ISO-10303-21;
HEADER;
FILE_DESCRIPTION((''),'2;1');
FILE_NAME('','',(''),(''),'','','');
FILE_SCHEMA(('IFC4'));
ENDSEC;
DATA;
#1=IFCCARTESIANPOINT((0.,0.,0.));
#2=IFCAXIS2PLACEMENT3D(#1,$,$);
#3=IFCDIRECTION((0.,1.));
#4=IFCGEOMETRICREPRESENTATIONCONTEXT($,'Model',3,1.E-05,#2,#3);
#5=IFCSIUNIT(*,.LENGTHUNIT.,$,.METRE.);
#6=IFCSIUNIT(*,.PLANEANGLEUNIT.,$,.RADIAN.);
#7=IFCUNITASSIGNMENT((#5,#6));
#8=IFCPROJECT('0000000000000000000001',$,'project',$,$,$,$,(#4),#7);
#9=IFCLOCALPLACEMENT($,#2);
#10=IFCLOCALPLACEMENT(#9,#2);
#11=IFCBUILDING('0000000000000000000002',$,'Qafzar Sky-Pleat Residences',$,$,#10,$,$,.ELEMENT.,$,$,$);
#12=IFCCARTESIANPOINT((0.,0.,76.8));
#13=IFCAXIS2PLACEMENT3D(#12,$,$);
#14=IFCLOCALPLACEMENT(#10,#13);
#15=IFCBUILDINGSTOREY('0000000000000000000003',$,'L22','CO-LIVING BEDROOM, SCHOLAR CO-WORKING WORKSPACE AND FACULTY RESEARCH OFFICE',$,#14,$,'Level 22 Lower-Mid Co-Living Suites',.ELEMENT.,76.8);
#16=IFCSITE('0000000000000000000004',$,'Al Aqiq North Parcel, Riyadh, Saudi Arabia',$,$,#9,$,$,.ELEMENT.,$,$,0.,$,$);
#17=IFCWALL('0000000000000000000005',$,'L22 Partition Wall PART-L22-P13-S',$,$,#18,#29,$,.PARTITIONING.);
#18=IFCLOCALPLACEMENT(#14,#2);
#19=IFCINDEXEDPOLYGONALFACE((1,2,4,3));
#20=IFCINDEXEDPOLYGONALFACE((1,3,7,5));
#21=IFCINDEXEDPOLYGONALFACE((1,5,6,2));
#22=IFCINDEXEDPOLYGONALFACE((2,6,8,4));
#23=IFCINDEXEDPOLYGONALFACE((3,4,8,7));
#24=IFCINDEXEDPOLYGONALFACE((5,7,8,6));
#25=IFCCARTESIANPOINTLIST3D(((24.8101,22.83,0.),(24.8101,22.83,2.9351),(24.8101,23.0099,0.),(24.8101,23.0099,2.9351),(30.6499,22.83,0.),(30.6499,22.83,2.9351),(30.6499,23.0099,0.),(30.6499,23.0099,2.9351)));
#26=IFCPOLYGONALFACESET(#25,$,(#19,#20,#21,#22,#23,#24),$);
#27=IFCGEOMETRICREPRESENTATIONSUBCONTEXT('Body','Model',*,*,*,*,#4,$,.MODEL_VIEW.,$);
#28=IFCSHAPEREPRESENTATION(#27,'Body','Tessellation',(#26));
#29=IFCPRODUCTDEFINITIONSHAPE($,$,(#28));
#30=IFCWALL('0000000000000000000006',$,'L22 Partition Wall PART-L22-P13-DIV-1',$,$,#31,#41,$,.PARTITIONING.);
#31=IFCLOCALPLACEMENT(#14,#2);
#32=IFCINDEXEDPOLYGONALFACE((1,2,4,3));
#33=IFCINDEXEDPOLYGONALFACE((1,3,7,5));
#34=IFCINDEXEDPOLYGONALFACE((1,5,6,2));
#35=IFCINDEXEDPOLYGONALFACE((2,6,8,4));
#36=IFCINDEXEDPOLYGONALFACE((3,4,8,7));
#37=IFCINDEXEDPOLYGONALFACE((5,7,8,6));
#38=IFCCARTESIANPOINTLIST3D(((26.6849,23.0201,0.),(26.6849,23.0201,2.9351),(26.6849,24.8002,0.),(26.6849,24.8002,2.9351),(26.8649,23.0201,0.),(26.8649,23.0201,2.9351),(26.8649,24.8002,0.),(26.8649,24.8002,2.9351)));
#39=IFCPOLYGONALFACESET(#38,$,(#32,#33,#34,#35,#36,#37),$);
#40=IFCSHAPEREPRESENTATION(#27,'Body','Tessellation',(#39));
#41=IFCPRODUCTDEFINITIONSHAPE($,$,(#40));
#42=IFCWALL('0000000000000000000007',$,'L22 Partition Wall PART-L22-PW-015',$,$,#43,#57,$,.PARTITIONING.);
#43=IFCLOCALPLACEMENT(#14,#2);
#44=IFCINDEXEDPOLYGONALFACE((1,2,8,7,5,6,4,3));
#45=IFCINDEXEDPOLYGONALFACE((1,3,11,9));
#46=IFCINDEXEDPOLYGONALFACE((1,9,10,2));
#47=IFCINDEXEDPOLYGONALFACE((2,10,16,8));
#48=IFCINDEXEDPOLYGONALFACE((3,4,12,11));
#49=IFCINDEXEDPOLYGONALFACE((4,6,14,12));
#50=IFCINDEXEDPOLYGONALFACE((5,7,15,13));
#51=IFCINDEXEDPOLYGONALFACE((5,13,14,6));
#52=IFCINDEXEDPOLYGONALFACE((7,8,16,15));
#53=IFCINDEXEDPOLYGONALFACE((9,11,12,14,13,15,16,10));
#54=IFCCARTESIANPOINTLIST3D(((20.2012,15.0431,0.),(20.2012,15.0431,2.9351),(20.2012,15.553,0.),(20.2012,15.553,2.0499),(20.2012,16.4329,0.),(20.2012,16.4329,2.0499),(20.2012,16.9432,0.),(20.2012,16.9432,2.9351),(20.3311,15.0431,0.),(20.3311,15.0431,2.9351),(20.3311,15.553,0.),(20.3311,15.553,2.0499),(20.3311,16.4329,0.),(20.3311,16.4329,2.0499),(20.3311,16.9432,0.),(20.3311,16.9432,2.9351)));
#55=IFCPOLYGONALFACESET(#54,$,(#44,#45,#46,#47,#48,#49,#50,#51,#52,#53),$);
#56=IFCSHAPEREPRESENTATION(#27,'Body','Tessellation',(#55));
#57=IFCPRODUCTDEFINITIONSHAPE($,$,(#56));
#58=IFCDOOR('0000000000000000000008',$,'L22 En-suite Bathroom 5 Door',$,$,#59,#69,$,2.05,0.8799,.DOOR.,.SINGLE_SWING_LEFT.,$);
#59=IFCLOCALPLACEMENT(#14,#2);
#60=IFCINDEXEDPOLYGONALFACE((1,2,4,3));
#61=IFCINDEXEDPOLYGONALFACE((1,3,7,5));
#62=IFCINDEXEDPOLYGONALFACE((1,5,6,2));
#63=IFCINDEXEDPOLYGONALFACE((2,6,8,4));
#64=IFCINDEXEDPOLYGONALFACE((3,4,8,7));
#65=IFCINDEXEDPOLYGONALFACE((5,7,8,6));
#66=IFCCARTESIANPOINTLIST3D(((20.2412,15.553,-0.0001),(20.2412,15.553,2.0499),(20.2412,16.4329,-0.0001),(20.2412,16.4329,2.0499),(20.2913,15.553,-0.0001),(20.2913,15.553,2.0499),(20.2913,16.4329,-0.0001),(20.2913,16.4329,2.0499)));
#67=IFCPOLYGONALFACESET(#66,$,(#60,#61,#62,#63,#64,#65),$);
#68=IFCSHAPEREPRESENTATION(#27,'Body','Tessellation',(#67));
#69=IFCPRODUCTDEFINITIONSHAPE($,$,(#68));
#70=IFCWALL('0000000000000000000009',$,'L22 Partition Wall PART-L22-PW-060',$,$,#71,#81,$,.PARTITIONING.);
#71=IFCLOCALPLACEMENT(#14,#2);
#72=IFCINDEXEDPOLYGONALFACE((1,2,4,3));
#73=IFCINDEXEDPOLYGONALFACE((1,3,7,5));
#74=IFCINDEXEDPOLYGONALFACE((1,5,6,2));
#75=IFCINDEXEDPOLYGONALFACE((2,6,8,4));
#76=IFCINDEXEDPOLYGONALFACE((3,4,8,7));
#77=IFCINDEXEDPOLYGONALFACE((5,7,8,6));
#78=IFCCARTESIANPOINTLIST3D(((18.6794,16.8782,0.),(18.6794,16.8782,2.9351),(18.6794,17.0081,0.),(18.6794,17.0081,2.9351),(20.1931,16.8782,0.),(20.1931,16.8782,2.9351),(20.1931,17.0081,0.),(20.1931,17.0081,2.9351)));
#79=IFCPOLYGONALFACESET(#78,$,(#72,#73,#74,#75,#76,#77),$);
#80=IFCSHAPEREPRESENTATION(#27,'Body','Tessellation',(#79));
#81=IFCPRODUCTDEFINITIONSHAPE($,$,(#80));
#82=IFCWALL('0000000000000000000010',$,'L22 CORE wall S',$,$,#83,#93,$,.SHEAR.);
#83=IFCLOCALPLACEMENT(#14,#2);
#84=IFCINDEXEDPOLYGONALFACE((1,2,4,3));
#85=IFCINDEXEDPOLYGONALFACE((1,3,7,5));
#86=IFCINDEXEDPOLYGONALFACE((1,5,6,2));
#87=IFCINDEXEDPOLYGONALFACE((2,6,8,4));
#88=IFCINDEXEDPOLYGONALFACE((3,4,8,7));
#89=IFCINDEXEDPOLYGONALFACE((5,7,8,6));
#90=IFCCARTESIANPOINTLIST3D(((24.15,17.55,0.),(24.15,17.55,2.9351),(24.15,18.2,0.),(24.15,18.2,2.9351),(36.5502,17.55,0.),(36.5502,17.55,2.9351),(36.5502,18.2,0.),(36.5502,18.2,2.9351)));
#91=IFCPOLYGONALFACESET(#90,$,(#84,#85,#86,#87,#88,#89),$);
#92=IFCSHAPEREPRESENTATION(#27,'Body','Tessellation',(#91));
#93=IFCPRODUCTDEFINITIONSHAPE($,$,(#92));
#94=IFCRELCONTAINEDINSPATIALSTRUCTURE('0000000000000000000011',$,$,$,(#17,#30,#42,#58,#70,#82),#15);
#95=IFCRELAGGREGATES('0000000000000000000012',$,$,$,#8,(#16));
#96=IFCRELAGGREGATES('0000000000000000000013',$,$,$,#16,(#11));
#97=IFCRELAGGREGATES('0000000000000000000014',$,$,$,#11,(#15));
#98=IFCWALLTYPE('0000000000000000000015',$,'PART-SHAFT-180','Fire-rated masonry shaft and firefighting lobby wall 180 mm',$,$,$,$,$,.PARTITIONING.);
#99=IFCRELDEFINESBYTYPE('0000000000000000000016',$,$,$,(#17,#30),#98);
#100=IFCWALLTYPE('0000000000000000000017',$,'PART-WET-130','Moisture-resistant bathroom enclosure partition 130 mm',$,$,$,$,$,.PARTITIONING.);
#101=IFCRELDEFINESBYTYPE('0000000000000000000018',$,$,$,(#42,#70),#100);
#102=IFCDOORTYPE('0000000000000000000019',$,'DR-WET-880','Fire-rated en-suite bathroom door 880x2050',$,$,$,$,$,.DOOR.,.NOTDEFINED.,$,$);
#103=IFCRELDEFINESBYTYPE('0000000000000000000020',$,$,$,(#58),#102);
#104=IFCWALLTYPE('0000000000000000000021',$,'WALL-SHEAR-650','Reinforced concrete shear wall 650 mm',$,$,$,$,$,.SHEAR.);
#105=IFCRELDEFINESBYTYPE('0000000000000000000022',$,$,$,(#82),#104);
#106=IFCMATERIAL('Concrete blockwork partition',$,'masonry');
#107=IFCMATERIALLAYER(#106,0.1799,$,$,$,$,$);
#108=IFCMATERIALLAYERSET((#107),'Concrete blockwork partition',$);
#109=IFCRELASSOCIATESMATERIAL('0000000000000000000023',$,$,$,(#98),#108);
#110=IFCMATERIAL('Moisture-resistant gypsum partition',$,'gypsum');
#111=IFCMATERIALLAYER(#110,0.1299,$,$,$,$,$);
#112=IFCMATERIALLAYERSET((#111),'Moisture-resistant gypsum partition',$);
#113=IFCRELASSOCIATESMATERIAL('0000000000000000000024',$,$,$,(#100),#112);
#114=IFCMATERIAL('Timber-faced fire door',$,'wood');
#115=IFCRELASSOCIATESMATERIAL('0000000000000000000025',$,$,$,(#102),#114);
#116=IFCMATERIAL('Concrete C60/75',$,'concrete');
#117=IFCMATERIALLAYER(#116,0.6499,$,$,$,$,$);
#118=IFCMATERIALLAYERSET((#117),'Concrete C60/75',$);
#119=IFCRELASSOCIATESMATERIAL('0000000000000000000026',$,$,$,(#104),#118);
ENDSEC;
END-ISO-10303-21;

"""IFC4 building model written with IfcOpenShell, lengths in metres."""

from ifc_helpers import new_model, si_unit, direction, frame, frame_2d, origin, place, context, subcontext, project, spatial, rectangle, extrude, source, transform, mapped, material, layer, layer_set, type_object, element, fill, save


model = new_model("IFC4")

# Units and contexts
model_context = context("Model", 3, precision=1e-05, world=origin(), true_north=direction((0.0, 1.0)))
body_context = subcontext(model_context, "Body", "Model", "MODEL_VIEW")
ifc_project = project(units=[si_unit("LENGTHUNIT", "METRE"), si_unit("PLANEANGLEUNIT", "RADIAN")], contexts=[model_context])

# Site, building, storey
site_placement = place(None, origin())
site = spatial("IfcSite", under=ifc_project, at=site_placement, Name="Al Aqiq North Parcel, Riyadh, Saudi Arabia", CompositionType="ELEMENT", RefElevation=0.0)
building_placement = place(site_placement, origin())
building = spatial("IfcBuilding", under=site, at=building_placement, Name="Qafzar Sky-Pleat Residences", CompositionType="ELEMENT")
storey_placement = place(building_placement, frame((0.0, 0.0, 76.8)))
storey = spatial("IfcBuildingStorey", under=building, at=storey_placement, Name="L22", Description="CO-LIVING BEDROOM, SCHOLAR CO-WORKING WORKSPACE AND FACULTY RESEARCH OFFICE", LongName="Level 22 Lower-Mid Co-Living Suites", CompositionType="ELEMENT", Elevation=76.8)

# Shared definitions
ifc_material_1 = material(Name="Timber-faced fire door", Category="wood")

# Wall
ifc_material_2 = material(Name="Concrete blockwork partition", Category="masonry")
ifc_layer_1 = layer(ifc_material_2, 0.1799)
ifc_layer_set_1 = layer_set([ifc_layer_1], Name="Concrete blockwork partition")
wall_type_1 = type_object("IfcWallType", Name="PART-SHAFT-180", Description="Fire-rated masonry shaft and firefighting lobby wall 180 mm", PredefinedType="PARTITIONING", material=ifc_layer_set_1)
wall_1_placement = place(storey_placement, frame((24.8101, 22.9199, 0.0), z_axis=(0.0, 0.0, 1.0), x_axis=(1.0, 0.0, 0.0)))
element("IfcWall", 1, at=wall_1_placement, inside=storey, type_object=wall_type_1, Name="L22 Partition Wall PART-L22-P13-S", PredefinedType="PARTITIONING", context=body_context, shape_type="SweptSolid", body=[
    extrude(rectangle(XDim=5.8398, YDim=0.1799, at=frame_2d((2.9199, 0.0))), origin(), (0.0, 0.0, 1.0), 2.9351),
])

# Wall
wall_2_placement = place(storey_placement, frame((26.7749, 23.02, 0.0), z_axis=(0.0, 0.0, 1.0), x_axis=(0.0, 1.0, 0.0)))
element("IfcWall", 2, at=wall_2_placement, inside=storey, type_object=wall_type_1, Name="L22 Partition Wall PART-L22-P13-DIV-1", PredefinedType="PARTITIONING", context=body_context, shape_type="SweptSolid", body=[
    extrude(rectangle(XDim=1.78, YDim=0.1799, at=frame_2d((0.8901, 0.0))), origin(), (0.0, 0.0, 1.0), 2.9351),
])

# Wall, opening, door
ifc_material_3 = material(Name="Moisture-resistant gypsum partition", Category="gypsum")
ifc_layer_2 = layer(ifc_material_3, 0.1299)
ifc_layer_set_2 = layer_set([ifc_layer_2], Name="Moisture-resistant gypsum partition")
wall_type_2 = type_object("IfcWallType", Name="PART-WET-130", Description="Moisture-resistant bathroom enclosure partition 130 mm", PredefinedType="PARTITIONING", material=ifc_layer_set_2)
wall_3_placement = place(storey_placement, frame((20.2661, 15.043, 0.0), z_axis=(0.0, 0.0, 1.0), x_axis=(0.0, 1.0, 0.0)))
wall_3 = element("IfcWall", 3, at=wall_3_placement, inside=storey, type_object=wall_type_2, Name="L22 Partition Wall PART-L22-PW-015", PredefinedType="PARTITIONING", context=body_context, shape_type="SweptSolid", body=[
    extrude(rectangle(XDim=1.9001, YDim=0.1299, at=frame_2d((0.9502, 0.0))), origin(), (0.0, 0.0, 1.0), 2.9351),
])
opening_1_placement = place(wall_3_placement, frame((0.51, 0.0, 0.0)))
opening_1 = element("IfcOpeningElement", 4, at=opening_1_placement, cuts=wall_3, PredefinedType="OPENING", context=body_context, shape_type="SweptSolid", body=[
    extrude(rectangle(XDim=0.8799, YDim=2.05, at=frame_2d((0.4399, 1.0249))), frame((0.0, 0.075, 0.0), z_axis=(0.0, -1.0, 0.0), x_axis=(1.0, 0.0, 0.0)), (0.0, 0.0, 1.0), 0.1499),
])
door_type_1 = type_object("IfcDoorType", Name="DR-WET-880", Description="Fire-rated en-suite bathroom door 880x2050", OperationType="NOTDEFINED", PredefinedType="DOOR", material=ifc_material_1)
shared_shape_1 = source(origin(), body_context, "Body", "SweptSolid", [
    extrude(rectangle(XDim=0.8799, YDim=2.05, at=frame_2d((0.4399, 1.0249))), frame((0.0, 0.0249, 0.0), z_axis=(0.0, -1.0, 0.0), x_axis=(1.0, 0.0, 0.0)), (0.0, 0.0, 1.0), 0.05),
])
door_1_placement = place(opening_1_placement, origin())
door_1 = element("IfcDoor", 5, at=door_1_placement, inside=storey, type_object=door_type_1, Name="L22 En-suite Bathroom 5 Door", OperationType="SINGLE_SWING_LEFT", OverallHeight=2.05, OverallWidth=0.8799, PredefinedType="DOOR", context=body_context, shape_type="MappedRepresentation", body=[
    mapped(shared_shape_1, transform((0.0, 0.0, 0.0), x_axis=(1.0, 0.0, 0.0), y_axis=(0.0, 1.0, 0.0), z_axis=(0.0, 0.0, 1.0), scale=1.0)),
])
fill(opening_1, door_1)

# Wall
wall_4_placement = place(storey_placement, frame((18.6794, 16.9431, 0.0), z_axis=(0.0, 0.0, 1.0), x_axis=(1.0, 0.0, 0.0)))
element("IfcWall", 6, at=wall_4_placement, inside=storey, type_object=wall_type_2, Name="L22 Partition Wall PART-L22-PW-060", PredefinedType="PARTITIONING", context=body_context, shape_type="SweptSolid", body=[
    extrude(rectangle(XDim=1.5137, YDim=0.1299, at=frame_2d((0.7568, 0.0))), origin(), (0.0, 0.0, 1.0), 2.9351),
])

# Shared definitions
ifc_material_4 = material(Name="Concrete C60/75", Category="concrete")

# Wall
ifc_layer_3 = layer(ifc_material_4, 0.6499)
ifc_layer_set_3 = layer_set([ifc_layer_3], Name="Concrete C60/75")
wall_type_3 = type_object("IfcWallType", Name="WALL-SHEAR-650", Description="Reinforced concrete shear wall 650 mm", PredefinedType="SHEAR", material=ifc_layer_set_3)
wall_5_placement = place(storey_placement, frame((24.1499, 17.875, 0.0), z_axis=(0.0, 0.0, 1.0), x_axis=(1.0, 0.0, 0.0)))
element("IfcWall", 7, at=wall_5_placement, inside=storey, type_object=wall_type_3, Name="L22 CORE wall S", PredefinedType="SHEAR", context=body_context, shape_type="SweptSolid", body=[
    extrude(rectangle(XDim=12.4001, YDim=0.6499, at=frame_2d((6.2002, 0.0))), origin(), (0.0, 0.0, 1.0), 2.9351),
])

save(model, "model.ifc")
